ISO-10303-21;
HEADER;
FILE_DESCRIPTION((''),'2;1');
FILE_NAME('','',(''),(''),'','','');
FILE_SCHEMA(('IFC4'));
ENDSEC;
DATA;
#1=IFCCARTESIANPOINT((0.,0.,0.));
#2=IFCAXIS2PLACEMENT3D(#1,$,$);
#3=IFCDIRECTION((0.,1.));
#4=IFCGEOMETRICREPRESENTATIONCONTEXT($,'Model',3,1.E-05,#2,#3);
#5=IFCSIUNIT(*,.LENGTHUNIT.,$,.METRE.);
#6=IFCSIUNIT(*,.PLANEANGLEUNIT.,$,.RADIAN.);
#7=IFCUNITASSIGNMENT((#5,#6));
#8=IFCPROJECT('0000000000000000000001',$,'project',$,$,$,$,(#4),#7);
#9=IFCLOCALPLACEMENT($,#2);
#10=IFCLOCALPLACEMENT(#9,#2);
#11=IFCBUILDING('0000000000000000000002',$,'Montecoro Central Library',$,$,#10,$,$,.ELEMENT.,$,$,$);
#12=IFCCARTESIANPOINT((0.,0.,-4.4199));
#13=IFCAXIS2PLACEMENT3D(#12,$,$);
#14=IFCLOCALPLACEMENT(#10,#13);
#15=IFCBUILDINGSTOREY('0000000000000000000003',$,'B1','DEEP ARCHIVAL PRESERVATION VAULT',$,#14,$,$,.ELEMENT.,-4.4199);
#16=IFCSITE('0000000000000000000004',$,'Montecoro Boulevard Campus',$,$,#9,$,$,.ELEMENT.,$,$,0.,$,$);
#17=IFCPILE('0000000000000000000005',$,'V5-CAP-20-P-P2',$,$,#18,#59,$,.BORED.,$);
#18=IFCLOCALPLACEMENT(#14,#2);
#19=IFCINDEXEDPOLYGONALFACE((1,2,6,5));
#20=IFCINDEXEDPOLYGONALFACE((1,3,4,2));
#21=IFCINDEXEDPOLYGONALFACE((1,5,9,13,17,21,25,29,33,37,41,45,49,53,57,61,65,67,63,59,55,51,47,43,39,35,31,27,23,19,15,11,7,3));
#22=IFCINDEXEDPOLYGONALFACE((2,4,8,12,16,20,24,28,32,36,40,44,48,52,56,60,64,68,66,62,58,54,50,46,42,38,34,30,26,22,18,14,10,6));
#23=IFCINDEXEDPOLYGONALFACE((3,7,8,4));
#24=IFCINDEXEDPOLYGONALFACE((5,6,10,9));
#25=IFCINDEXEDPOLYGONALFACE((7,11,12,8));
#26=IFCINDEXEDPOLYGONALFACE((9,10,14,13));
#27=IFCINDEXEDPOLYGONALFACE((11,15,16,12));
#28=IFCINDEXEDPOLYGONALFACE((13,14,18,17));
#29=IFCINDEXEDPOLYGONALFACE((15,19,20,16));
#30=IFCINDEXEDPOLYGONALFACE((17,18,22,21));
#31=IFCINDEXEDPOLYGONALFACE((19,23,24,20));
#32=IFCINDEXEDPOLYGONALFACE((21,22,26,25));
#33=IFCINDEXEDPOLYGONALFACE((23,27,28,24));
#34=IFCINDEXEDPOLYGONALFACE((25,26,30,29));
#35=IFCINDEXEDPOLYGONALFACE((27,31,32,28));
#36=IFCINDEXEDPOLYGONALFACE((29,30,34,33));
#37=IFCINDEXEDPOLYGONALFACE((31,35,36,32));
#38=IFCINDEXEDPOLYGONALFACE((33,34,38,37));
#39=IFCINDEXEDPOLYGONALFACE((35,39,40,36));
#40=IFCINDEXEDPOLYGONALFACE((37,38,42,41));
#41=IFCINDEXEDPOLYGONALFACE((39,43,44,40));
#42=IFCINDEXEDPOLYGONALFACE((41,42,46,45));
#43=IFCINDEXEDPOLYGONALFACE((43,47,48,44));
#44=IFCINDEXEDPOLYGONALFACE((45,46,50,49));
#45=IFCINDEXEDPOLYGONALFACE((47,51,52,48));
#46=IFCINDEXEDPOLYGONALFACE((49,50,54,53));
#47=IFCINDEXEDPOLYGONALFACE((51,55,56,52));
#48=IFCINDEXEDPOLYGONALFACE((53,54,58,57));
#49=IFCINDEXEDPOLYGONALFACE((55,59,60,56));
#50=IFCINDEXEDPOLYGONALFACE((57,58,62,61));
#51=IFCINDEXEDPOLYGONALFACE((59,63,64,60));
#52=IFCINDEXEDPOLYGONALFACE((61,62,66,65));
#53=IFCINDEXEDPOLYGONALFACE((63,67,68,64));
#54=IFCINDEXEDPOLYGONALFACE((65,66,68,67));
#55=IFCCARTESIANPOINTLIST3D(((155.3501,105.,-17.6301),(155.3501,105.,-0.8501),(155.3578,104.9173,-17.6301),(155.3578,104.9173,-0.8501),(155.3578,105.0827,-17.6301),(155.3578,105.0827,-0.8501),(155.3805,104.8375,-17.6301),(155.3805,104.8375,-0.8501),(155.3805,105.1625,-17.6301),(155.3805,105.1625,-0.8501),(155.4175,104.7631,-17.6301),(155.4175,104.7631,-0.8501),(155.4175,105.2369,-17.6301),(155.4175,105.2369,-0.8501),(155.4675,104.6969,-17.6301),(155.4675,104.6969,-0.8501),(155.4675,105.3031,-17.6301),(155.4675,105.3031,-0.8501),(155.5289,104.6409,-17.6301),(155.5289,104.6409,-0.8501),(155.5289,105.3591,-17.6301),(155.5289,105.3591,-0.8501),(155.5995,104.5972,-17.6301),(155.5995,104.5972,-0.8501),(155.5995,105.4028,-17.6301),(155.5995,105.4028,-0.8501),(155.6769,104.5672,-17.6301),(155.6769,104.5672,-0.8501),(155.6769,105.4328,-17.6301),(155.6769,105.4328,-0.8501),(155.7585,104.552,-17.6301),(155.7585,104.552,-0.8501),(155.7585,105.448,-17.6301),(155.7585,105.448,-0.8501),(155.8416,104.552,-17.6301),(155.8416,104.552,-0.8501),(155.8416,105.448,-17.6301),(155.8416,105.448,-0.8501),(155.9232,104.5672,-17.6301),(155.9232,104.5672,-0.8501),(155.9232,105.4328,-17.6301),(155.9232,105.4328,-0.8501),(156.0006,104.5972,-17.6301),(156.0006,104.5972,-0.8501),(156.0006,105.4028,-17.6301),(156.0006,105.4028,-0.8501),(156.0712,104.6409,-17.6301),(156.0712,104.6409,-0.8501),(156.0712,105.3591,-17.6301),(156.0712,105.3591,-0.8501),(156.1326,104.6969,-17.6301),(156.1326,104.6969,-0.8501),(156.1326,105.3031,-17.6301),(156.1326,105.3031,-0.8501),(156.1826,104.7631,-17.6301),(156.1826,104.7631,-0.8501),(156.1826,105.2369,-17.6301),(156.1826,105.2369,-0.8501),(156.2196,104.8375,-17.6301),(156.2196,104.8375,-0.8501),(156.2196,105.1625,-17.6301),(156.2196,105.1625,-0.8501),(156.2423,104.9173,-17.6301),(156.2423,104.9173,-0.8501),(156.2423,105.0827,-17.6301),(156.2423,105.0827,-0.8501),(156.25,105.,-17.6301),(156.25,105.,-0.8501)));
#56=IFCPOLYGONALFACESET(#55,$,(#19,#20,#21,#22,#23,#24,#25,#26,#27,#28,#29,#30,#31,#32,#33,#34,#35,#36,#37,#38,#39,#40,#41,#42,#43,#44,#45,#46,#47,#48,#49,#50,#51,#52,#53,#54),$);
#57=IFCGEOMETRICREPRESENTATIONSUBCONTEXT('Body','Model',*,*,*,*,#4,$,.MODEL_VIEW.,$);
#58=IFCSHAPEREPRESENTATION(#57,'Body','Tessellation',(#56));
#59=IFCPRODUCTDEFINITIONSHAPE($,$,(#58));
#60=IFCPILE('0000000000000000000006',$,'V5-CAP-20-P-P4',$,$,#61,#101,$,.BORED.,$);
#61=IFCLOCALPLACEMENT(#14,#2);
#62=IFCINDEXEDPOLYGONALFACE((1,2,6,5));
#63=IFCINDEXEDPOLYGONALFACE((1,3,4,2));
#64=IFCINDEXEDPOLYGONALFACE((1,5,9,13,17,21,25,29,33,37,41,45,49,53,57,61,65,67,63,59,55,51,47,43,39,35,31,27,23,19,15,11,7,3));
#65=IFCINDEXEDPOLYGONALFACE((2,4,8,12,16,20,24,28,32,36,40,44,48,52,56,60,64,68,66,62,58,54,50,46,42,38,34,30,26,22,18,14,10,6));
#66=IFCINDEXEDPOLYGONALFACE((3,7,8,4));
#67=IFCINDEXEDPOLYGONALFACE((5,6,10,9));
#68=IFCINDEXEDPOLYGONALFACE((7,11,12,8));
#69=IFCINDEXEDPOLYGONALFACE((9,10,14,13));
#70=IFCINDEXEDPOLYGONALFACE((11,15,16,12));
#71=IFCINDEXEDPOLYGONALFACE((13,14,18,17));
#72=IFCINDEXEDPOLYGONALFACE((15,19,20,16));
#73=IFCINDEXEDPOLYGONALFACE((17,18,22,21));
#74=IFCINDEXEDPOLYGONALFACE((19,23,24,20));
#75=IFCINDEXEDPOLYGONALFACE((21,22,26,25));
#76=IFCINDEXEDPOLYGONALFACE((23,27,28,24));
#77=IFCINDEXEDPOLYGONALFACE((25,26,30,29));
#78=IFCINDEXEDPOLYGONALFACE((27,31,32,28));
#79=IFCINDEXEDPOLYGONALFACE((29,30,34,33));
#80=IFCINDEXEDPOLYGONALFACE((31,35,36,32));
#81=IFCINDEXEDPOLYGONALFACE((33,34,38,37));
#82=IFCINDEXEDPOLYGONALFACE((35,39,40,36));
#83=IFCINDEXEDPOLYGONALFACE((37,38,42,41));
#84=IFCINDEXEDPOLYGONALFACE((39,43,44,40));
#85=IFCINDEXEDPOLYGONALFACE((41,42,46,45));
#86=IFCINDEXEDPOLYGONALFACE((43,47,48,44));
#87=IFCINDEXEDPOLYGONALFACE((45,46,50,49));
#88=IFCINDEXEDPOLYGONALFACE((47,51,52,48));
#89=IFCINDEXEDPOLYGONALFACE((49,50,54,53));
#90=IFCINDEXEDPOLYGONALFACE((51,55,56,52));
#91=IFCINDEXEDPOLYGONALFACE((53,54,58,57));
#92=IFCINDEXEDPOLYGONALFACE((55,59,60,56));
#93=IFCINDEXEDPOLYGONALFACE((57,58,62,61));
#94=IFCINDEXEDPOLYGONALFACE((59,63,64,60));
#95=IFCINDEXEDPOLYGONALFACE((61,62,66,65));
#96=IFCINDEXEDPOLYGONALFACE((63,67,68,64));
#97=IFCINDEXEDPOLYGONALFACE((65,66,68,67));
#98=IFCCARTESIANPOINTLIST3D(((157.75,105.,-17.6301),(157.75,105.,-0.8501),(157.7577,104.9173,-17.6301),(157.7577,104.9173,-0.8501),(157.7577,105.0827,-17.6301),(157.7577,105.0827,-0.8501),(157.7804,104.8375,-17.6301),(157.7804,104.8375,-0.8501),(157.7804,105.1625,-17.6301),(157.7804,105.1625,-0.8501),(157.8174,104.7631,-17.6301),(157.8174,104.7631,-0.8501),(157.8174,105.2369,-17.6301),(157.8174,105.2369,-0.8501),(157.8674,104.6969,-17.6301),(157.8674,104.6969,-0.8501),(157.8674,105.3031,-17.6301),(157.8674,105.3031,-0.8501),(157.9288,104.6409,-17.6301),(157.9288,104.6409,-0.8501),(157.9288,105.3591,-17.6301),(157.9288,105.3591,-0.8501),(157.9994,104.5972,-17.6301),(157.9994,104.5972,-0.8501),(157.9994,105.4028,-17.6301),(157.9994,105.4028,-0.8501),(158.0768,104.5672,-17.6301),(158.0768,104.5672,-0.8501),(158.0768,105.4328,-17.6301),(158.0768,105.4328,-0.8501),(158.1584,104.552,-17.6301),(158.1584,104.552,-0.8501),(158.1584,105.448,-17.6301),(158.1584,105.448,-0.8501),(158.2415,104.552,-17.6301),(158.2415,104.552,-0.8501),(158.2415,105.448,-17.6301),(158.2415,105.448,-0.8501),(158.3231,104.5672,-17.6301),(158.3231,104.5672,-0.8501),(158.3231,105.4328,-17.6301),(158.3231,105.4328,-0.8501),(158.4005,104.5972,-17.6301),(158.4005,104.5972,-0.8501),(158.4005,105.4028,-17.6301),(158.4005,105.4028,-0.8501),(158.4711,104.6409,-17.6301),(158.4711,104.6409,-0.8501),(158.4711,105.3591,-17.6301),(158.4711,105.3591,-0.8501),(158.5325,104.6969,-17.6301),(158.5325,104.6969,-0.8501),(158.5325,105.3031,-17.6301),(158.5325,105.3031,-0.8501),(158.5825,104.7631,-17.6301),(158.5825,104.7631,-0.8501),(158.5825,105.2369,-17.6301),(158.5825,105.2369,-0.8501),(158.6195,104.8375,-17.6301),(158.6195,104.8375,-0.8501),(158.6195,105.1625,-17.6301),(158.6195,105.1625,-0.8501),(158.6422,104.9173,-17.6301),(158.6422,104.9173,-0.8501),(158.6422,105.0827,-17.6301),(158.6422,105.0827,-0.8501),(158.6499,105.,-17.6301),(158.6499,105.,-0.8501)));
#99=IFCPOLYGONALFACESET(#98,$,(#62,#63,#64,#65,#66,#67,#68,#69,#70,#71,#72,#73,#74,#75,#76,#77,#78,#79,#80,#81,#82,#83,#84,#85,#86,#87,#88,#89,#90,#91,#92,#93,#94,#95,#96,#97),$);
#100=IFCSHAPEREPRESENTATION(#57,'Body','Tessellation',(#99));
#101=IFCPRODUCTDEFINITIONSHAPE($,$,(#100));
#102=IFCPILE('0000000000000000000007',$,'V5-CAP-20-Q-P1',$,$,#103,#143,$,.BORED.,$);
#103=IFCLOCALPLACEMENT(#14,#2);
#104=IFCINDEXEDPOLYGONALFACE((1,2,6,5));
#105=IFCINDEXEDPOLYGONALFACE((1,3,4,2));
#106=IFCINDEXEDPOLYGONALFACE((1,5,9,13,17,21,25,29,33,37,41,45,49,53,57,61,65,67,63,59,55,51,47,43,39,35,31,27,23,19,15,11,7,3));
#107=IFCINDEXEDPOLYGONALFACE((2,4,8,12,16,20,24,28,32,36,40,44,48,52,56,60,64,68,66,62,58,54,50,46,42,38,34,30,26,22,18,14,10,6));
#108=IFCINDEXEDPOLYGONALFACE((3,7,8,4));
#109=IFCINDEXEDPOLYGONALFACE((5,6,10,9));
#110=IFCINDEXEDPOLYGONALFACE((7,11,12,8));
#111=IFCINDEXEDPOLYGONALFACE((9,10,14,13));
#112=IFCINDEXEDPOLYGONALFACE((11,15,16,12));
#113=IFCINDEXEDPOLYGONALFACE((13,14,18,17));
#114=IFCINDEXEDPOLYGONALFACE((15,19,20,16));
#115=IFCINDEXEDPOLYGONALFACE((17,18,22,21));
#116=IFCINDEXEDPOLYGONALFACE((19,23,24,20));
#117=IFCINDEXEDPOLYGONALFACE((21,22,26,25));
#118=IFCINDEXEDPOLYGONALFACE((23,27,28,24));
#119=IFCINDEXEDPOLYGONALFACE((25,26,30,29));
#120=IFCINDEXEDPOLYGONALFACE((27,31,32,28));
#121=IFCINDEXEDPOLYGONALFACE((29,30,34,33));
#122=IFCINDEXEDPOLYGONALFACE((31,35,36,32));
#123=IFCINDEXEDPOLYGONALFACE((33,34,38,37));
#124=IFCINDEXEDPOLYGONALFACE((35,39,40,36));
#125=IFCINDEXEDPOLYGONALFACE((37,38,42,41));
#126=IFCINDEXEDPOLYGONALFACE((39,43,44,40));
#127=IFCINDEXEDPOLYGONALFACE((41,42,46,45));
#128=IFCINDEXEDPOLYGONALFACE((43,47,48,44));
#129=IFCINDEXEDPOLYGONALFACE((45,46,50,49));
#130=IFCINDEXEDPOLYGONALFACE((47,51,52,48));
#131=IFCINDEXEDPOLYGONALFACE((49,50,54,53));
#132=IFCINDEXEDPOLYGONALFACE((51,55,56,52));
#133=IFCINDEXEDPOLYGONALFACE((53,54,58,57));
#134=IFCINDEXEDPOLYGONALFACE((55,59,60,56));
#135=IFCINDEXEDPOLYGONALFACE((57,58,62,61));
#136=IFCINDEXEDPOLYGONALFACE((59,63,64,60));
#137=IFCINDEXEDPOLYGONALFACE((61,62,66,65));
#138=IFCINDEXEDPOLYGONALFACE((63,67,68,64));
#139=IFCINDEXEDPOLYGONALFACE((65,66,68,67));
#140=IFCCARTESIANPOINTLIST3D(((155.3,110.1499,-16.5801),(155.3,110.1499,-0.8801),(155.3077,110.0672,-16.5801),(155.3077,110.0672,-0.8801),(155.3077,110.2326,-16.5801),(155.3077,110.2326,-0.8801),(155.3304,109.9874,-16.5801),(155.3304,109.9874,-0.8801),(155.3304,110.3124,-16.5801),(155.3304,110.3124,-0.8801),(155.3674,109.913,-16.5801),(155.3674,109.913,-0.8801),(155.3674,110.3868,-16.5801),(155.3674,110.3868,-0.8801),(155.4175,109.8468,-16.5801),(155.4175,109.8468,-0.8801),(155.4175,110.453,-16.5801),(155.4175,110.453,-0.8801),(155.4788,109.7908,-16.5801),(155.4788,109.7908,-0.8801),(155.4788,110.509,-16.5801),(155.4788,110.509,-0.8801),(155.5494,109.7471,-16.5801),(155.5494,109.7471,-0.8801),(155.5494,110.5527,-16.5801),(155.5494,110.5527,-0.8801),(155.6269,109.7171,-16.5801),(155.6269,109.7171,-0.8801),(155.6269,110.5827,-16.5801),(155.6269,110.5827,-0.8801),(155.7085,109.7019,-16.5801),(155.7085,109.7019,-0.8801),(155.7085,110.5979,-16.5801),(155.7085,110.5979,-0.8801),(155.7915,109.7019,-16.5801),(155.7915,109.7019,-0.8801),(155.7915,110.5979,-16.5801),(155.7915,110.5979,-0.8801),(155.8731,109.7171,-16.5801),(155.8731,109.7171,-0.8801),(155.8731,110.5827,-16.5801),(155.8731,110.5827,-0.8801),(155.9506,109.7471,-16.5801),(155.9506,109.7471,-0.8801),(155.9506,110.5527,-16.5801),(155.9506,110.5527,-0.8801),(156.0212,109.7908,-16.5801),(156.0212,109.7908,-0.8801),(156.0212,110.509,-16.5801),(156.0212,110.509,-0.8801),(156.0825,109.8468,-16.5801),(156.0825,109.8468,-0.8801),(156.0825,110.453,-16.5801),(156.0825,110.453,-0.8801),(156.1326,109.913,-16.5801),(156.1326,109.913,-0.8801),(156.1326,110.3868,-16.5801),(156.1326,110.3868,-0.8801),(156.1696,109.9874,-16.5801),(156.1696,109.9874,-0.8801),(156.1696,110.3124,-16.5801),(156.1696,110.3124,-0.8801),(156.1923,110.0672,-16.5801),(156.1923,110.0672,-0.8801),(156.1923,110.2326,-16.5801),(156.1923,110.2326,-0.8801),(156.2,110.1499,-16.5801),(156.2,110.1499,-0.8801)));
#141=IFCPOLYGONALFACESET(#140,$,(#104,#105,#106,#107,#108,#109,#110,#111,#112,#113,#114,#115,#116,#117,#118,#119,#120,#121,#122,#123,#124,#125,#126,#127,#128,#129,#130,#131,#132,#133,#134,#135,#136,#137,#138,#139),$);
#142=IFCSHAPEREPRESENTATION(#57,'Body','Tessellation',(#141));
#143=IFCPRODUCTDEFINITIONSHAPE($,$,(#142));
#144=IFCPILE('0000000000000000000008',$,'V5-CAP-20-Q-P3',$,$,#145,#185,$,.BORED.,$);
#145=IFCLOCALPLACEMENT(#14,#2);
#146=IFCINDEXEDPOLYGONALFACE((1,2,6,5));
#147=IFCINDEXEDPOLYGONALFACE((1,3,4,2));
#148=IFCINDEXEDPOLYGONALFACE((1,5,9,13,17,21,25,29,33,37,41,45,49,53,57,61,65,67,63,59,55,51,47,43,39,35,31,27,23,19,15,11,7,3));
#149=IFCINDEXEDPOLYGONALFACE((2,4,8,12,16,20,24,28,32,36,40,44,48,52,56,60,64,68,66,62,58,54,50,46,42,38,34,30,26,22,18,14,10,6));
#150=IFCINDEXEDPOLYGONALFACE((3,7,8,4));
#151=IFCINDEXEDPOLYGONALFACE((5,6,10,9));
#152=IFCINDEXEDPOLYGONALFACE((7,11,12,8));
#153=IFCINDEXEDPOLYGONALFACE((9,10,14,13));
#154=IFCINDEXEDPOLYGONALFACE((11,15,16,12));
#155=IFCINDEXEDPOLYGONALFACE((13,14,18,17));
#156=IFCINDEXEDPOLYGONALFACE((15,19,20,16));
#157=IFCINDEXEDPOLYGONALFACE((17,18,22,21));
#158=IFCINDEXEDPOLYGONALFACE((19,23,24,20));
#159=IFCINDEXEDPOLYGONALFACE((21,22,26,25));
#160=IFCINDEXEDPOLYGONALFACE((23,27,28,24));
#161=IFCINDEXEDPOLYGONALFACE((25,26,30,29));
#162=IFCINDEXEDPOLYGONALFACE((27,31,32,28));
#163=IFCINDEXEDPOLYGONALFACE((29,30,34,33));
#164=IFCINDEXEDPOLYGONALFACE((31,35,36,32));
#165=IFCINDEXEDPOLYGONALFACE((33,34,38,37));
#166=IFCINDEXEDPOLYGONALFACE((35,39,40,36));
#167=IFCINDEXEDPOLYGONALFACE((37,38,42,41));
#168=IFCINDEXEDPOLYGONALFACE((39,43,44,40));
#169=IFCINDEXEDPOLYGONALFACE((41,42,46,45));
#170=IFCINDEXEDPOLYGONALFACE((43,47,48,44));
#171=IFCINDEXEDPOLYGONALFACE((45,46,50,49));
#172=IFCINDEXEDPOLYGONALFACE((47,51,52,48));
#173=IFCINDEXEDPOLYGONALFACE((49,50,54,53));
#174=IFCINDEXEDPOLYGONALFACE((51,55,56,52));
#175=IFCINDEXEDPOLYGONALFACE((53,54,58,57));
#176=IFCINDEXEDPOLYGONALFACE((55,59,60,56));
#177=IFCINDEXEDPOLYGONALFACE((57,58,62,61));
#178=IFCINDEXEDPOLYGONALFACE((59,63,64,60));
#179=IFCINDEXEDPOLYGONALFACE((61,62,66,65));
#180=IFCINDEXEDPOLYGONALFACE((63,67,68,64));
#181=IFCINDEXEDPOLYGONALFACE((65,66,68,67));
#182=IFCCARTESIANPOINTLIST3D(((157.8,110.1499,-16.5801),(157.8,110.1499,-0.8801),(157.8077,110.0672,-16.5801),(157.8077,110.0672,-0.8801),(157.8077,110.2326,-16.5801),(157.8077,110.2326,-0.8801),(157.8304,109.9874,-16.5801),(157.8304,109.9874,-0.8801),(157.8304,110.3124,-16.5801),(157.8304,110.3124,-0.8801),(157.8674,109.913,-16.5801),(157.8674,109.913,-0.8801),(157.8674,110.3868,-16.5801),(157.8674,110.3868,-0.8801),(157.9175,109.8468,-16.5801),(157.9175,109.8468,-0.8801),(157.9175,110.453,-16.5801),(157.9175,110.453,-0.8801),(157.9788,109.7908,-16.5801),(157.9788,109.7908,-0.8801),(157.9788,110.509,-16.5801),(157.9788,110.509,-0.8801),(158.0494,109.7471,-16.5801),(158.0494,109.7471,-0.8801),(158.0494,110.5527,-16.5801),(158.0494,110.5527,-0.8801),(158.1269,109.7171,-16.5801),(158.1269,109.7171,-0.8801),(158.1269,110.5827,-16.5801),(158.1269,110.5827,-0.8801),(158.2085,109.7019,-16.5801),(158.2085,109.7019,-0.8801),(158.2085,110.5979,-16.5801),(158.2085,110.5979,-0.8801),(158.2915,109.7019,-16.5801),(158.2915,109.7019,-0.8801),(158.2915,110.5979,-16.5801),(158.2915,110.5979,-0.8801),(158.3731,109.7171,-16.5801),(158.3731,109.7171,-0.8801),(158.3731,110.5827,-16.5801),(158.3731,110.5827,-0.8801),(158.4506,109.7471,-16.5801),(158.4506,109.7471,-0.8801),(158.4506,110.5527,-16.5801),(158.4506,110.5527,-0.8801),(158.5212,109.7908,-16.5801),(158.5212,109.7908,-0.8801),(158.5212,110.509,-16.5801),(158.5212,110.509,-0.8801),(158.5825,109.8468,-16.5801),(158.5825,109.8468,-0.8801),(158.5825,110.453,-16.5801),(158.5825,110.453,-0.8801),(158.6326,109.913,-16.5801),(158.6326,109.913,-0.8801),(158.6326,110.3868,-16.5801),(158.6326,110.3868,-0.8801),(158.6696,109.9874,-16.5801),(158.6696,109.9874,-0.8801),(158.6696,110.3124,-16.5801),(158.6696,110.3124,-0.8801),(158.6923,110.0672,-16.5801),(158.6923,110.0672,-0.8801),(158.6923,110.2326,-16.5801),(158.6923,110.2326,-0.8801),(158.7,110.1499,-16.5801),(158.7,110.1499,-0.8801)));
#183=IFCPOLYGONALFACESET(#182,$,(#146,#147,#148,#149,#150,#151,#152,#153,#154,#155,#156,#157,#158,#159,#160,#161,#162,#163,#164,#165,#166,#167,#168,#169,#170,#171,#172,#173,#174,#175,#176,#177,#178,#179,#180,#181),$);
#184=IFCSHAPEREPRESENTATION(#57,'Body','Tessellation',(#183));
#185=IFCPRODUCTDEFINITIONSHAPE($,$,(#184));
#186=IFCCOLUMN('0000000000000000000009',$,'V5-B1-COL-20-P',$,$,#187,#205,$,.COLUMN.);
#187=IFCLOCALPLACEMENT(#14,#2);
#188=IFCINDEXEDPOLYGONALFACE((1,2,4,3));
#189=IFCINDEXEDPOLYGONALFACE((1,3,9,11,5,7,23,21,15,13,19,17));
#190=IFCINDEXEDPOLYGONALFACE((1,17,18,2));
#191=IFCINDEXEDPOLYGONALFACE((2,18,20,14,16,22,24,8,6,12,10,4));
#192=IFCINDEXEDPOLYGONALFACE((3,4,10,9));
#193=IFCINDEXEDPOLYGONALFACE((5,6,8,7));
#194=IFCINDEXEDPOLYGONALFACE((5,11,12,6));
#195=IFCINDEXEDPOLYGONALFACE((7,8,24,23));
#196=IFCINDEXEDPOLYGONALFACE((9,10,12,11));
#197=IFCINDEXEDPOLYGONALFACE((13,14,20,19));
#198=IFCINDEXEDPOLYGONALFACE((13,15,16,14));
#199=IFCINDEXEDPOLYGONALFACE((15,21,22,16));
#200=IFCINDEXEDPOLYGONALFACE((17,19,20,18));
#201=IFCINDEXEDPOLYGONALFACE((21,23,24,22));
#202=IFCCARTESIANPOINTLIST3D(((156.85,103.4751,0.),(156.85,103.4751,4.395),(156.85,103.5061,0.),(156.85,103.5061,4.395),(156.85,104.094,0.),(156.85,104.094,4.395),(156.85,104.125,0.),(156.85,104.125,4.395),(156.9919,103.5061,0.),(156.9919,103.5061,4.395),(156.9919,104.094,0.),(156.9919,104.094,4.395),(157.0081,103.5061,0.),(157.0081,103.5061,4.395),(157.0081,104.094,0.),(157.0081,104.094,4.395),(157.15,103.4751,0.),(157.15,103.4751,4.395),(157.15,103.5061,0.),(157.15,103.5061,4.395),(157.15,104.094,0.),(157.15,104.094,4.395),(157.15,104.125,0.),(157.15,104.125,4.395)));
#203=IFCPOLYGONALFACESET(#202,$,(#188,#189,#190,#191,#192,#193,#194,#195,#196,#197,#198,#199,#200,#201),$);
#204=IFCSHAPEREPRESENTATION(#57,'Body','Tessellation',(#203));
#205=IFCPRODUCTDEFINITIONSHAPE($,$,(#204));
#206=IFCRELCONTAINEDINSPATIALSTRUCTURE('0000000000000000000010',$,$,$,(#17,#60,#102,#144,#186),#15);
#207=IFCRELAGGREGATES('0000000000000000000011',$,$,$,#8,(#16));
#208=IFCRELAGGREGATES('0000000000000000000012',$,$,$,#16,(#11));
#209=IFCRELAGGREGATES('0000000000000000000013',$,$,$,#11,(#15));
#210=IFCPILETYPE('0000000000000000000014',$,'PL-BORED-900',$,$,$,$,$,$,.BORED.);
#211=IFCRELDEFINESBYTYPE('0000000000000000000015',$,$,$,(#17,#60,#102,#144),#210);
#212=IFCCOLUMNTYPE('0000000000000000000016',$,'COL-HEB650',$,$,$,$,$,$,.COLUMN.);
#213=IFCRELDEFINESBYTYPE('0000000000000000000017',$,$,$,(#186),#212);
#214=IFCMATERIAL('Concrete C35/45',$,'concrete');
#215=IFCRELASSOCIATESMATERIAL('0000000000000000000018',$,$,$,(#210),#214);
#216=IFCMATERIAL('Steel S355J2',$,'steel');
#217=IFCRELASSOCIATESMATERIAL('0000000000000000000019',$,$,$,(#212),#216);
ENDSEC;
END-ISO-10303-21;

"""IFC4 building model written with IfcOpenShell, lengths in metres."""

from ifc_helpers import new_model, si_unit, direction, frame, origin, origin_2d, place, context, subcontext, project, spatial, circle, i_section, extrude, material, material_profile, profile_set, type_object, element, save


model = new_model("IFC4")

# Units and contexts
model_context = context("Model", 3, precision=1e-05, world=origin(), true_north=direction((0.0, 1.0)))
body_context = subcontext(model_context, "Body", "Model", "MODEL_VIEW")
ifc_project = project(units=[si_unit("LENGTHUNIT", "METRE"), si_unit("PLANEANGLEUNIT", "RADIAN")], contexts=[model_context])

# Site, building, storey
site_placement = place(None, origin())
site = spatial("IfcSite", under=ifc_project, at=site_placement, Name="Montecoro Boulevard Campus", CompositionType="ELEMENT", RefElevation=0.0)
building_placement = place(site_placement, origin())
building = spatial("IfcBuilding", under=site, at=building_placement, Name="Montecoro Central Library", CompositionType="ELEMENT")
storey_placement = place(building_placement, frame((0.0, 0.0, -4.4199)))
storey = spatial("IfcBuildingStorey", under=building, at=storey_placement, Name="B1", Description="DEEP ARCHIVAL PRESERVATION VAULT", CompositionType="ELEMENT", Elevation=-4.4199)

# Shared definitions
ifc_material_1 = material(Name="Concrete C35/45", Category="concrete")

# Piles
ifc_material_profile_1 = material_profile(ifc_material_1, circle(Radius=0.45, at=origin_2d()), Name="PILE D900")
ifc_profile_set_1 = profile_set([ifc_material_profile_1], Name="Concrete C35/45")
pile_type_1 = type_object("IfcPileType", Name="PL-BORED-900", PredefinedType="BORED", material=ifc_profile_set_1)
for number, where, z_axis, x_axis, name in (
    (1, (155.8, 105.0, -0.8501), (0.0, 0.0, -1.0), (1.0, 0.0, 0.0), "V5-CAP-20-P-P2"),
    (2, (158.2, 105.0, -0.8501), (0.0, 0.0, -1.0), (1.0, 0.0, 0.0), "V5-CAP-20-P-P4"),
):
    element("IfcPile", number, at=place(storey_placement, frame(where, z_axis=z_axis, x_axis=x_axis)), inside=storey, type_object=pile_type_1, Name=name, PredefinedType="BORED", context=body_context, shape_type="SweptSolid", body=[
        extrude(circle(Radius=0.45, at=origin_2d()), origin(), (0.0, 0.0, 1.0), 16.78),
    ])
for number, where, z_axis, x_axis, name in (
    (3, (155.75, 110.1499, -0.8801), (0.0, 0.0, -1.0), (1.0, 0.0, 0.0), "V5-CAP-20-Q-P1"),
    (4, (158.25, 110.1499, -0.8801), (0.0, 0.0, -1.0), (1.0, 0.0, 0.0), "V5-CAP-20-Q-P3"),
):
    element("IfcPile", number, at=place(storey_placement, frame(where, z_axis=z_axis, x_axis=x_axis)), inside=storey, type_object=pile_type_1, Name=name, PredefinedType="BORED", context=body_context, shape_type="SweptSolid", body=[
        extrude(circle(Radius=0.45, at=origin_2d()), origin(), (0.0, 0.0, 1.0), 15.7),
    ])

# Column
ifc_material_2 = material(Name="Steel S355J2", Category="steel")
ifc_material_profile_2 = material_profile(ifc_material_2, i_section(OverallWidth=0.3, OverallDepth=0.6499, WebThickness=0.0161, FlangeThickness=0.031, at=origin_2d()), Name="HEB 650")
ifc_profile_set_2 = profile_set([ifc_material_profile_2], Name="Steel S355J2")
column_type = type_object("IfcColumnType", Name="COL-HEB650", PredefinedType="COLUMN", material=ifc_profile_set_2)
for number, where, z_axis, x_axis, name in (
    (5, (157.0, 103.8, 0.0), (0.0, 0.0, 1.0), (1.0, 0.0, 0.0), "V5-B1-COL-20-P"),
):
    element("IfcColumn", number, at=place(storey_placement, frame(where, z_axis=z_axis, x_axis=x_axis)), inside=storey, type_object=column_type, Name=name, PredefinedType="COLUMN", context=body_context, shape_type="SweptSolid", body=[
        extrude(i_section(OverallWidth=0.3, OverallDepth=0.6499, WebThickness=0.0161, FlangeThickness=0.031, at=origin_2d()), origin(), (0.0, 0.0, 1.0), 4.395),
    ])

save(model, "model.ifc")
